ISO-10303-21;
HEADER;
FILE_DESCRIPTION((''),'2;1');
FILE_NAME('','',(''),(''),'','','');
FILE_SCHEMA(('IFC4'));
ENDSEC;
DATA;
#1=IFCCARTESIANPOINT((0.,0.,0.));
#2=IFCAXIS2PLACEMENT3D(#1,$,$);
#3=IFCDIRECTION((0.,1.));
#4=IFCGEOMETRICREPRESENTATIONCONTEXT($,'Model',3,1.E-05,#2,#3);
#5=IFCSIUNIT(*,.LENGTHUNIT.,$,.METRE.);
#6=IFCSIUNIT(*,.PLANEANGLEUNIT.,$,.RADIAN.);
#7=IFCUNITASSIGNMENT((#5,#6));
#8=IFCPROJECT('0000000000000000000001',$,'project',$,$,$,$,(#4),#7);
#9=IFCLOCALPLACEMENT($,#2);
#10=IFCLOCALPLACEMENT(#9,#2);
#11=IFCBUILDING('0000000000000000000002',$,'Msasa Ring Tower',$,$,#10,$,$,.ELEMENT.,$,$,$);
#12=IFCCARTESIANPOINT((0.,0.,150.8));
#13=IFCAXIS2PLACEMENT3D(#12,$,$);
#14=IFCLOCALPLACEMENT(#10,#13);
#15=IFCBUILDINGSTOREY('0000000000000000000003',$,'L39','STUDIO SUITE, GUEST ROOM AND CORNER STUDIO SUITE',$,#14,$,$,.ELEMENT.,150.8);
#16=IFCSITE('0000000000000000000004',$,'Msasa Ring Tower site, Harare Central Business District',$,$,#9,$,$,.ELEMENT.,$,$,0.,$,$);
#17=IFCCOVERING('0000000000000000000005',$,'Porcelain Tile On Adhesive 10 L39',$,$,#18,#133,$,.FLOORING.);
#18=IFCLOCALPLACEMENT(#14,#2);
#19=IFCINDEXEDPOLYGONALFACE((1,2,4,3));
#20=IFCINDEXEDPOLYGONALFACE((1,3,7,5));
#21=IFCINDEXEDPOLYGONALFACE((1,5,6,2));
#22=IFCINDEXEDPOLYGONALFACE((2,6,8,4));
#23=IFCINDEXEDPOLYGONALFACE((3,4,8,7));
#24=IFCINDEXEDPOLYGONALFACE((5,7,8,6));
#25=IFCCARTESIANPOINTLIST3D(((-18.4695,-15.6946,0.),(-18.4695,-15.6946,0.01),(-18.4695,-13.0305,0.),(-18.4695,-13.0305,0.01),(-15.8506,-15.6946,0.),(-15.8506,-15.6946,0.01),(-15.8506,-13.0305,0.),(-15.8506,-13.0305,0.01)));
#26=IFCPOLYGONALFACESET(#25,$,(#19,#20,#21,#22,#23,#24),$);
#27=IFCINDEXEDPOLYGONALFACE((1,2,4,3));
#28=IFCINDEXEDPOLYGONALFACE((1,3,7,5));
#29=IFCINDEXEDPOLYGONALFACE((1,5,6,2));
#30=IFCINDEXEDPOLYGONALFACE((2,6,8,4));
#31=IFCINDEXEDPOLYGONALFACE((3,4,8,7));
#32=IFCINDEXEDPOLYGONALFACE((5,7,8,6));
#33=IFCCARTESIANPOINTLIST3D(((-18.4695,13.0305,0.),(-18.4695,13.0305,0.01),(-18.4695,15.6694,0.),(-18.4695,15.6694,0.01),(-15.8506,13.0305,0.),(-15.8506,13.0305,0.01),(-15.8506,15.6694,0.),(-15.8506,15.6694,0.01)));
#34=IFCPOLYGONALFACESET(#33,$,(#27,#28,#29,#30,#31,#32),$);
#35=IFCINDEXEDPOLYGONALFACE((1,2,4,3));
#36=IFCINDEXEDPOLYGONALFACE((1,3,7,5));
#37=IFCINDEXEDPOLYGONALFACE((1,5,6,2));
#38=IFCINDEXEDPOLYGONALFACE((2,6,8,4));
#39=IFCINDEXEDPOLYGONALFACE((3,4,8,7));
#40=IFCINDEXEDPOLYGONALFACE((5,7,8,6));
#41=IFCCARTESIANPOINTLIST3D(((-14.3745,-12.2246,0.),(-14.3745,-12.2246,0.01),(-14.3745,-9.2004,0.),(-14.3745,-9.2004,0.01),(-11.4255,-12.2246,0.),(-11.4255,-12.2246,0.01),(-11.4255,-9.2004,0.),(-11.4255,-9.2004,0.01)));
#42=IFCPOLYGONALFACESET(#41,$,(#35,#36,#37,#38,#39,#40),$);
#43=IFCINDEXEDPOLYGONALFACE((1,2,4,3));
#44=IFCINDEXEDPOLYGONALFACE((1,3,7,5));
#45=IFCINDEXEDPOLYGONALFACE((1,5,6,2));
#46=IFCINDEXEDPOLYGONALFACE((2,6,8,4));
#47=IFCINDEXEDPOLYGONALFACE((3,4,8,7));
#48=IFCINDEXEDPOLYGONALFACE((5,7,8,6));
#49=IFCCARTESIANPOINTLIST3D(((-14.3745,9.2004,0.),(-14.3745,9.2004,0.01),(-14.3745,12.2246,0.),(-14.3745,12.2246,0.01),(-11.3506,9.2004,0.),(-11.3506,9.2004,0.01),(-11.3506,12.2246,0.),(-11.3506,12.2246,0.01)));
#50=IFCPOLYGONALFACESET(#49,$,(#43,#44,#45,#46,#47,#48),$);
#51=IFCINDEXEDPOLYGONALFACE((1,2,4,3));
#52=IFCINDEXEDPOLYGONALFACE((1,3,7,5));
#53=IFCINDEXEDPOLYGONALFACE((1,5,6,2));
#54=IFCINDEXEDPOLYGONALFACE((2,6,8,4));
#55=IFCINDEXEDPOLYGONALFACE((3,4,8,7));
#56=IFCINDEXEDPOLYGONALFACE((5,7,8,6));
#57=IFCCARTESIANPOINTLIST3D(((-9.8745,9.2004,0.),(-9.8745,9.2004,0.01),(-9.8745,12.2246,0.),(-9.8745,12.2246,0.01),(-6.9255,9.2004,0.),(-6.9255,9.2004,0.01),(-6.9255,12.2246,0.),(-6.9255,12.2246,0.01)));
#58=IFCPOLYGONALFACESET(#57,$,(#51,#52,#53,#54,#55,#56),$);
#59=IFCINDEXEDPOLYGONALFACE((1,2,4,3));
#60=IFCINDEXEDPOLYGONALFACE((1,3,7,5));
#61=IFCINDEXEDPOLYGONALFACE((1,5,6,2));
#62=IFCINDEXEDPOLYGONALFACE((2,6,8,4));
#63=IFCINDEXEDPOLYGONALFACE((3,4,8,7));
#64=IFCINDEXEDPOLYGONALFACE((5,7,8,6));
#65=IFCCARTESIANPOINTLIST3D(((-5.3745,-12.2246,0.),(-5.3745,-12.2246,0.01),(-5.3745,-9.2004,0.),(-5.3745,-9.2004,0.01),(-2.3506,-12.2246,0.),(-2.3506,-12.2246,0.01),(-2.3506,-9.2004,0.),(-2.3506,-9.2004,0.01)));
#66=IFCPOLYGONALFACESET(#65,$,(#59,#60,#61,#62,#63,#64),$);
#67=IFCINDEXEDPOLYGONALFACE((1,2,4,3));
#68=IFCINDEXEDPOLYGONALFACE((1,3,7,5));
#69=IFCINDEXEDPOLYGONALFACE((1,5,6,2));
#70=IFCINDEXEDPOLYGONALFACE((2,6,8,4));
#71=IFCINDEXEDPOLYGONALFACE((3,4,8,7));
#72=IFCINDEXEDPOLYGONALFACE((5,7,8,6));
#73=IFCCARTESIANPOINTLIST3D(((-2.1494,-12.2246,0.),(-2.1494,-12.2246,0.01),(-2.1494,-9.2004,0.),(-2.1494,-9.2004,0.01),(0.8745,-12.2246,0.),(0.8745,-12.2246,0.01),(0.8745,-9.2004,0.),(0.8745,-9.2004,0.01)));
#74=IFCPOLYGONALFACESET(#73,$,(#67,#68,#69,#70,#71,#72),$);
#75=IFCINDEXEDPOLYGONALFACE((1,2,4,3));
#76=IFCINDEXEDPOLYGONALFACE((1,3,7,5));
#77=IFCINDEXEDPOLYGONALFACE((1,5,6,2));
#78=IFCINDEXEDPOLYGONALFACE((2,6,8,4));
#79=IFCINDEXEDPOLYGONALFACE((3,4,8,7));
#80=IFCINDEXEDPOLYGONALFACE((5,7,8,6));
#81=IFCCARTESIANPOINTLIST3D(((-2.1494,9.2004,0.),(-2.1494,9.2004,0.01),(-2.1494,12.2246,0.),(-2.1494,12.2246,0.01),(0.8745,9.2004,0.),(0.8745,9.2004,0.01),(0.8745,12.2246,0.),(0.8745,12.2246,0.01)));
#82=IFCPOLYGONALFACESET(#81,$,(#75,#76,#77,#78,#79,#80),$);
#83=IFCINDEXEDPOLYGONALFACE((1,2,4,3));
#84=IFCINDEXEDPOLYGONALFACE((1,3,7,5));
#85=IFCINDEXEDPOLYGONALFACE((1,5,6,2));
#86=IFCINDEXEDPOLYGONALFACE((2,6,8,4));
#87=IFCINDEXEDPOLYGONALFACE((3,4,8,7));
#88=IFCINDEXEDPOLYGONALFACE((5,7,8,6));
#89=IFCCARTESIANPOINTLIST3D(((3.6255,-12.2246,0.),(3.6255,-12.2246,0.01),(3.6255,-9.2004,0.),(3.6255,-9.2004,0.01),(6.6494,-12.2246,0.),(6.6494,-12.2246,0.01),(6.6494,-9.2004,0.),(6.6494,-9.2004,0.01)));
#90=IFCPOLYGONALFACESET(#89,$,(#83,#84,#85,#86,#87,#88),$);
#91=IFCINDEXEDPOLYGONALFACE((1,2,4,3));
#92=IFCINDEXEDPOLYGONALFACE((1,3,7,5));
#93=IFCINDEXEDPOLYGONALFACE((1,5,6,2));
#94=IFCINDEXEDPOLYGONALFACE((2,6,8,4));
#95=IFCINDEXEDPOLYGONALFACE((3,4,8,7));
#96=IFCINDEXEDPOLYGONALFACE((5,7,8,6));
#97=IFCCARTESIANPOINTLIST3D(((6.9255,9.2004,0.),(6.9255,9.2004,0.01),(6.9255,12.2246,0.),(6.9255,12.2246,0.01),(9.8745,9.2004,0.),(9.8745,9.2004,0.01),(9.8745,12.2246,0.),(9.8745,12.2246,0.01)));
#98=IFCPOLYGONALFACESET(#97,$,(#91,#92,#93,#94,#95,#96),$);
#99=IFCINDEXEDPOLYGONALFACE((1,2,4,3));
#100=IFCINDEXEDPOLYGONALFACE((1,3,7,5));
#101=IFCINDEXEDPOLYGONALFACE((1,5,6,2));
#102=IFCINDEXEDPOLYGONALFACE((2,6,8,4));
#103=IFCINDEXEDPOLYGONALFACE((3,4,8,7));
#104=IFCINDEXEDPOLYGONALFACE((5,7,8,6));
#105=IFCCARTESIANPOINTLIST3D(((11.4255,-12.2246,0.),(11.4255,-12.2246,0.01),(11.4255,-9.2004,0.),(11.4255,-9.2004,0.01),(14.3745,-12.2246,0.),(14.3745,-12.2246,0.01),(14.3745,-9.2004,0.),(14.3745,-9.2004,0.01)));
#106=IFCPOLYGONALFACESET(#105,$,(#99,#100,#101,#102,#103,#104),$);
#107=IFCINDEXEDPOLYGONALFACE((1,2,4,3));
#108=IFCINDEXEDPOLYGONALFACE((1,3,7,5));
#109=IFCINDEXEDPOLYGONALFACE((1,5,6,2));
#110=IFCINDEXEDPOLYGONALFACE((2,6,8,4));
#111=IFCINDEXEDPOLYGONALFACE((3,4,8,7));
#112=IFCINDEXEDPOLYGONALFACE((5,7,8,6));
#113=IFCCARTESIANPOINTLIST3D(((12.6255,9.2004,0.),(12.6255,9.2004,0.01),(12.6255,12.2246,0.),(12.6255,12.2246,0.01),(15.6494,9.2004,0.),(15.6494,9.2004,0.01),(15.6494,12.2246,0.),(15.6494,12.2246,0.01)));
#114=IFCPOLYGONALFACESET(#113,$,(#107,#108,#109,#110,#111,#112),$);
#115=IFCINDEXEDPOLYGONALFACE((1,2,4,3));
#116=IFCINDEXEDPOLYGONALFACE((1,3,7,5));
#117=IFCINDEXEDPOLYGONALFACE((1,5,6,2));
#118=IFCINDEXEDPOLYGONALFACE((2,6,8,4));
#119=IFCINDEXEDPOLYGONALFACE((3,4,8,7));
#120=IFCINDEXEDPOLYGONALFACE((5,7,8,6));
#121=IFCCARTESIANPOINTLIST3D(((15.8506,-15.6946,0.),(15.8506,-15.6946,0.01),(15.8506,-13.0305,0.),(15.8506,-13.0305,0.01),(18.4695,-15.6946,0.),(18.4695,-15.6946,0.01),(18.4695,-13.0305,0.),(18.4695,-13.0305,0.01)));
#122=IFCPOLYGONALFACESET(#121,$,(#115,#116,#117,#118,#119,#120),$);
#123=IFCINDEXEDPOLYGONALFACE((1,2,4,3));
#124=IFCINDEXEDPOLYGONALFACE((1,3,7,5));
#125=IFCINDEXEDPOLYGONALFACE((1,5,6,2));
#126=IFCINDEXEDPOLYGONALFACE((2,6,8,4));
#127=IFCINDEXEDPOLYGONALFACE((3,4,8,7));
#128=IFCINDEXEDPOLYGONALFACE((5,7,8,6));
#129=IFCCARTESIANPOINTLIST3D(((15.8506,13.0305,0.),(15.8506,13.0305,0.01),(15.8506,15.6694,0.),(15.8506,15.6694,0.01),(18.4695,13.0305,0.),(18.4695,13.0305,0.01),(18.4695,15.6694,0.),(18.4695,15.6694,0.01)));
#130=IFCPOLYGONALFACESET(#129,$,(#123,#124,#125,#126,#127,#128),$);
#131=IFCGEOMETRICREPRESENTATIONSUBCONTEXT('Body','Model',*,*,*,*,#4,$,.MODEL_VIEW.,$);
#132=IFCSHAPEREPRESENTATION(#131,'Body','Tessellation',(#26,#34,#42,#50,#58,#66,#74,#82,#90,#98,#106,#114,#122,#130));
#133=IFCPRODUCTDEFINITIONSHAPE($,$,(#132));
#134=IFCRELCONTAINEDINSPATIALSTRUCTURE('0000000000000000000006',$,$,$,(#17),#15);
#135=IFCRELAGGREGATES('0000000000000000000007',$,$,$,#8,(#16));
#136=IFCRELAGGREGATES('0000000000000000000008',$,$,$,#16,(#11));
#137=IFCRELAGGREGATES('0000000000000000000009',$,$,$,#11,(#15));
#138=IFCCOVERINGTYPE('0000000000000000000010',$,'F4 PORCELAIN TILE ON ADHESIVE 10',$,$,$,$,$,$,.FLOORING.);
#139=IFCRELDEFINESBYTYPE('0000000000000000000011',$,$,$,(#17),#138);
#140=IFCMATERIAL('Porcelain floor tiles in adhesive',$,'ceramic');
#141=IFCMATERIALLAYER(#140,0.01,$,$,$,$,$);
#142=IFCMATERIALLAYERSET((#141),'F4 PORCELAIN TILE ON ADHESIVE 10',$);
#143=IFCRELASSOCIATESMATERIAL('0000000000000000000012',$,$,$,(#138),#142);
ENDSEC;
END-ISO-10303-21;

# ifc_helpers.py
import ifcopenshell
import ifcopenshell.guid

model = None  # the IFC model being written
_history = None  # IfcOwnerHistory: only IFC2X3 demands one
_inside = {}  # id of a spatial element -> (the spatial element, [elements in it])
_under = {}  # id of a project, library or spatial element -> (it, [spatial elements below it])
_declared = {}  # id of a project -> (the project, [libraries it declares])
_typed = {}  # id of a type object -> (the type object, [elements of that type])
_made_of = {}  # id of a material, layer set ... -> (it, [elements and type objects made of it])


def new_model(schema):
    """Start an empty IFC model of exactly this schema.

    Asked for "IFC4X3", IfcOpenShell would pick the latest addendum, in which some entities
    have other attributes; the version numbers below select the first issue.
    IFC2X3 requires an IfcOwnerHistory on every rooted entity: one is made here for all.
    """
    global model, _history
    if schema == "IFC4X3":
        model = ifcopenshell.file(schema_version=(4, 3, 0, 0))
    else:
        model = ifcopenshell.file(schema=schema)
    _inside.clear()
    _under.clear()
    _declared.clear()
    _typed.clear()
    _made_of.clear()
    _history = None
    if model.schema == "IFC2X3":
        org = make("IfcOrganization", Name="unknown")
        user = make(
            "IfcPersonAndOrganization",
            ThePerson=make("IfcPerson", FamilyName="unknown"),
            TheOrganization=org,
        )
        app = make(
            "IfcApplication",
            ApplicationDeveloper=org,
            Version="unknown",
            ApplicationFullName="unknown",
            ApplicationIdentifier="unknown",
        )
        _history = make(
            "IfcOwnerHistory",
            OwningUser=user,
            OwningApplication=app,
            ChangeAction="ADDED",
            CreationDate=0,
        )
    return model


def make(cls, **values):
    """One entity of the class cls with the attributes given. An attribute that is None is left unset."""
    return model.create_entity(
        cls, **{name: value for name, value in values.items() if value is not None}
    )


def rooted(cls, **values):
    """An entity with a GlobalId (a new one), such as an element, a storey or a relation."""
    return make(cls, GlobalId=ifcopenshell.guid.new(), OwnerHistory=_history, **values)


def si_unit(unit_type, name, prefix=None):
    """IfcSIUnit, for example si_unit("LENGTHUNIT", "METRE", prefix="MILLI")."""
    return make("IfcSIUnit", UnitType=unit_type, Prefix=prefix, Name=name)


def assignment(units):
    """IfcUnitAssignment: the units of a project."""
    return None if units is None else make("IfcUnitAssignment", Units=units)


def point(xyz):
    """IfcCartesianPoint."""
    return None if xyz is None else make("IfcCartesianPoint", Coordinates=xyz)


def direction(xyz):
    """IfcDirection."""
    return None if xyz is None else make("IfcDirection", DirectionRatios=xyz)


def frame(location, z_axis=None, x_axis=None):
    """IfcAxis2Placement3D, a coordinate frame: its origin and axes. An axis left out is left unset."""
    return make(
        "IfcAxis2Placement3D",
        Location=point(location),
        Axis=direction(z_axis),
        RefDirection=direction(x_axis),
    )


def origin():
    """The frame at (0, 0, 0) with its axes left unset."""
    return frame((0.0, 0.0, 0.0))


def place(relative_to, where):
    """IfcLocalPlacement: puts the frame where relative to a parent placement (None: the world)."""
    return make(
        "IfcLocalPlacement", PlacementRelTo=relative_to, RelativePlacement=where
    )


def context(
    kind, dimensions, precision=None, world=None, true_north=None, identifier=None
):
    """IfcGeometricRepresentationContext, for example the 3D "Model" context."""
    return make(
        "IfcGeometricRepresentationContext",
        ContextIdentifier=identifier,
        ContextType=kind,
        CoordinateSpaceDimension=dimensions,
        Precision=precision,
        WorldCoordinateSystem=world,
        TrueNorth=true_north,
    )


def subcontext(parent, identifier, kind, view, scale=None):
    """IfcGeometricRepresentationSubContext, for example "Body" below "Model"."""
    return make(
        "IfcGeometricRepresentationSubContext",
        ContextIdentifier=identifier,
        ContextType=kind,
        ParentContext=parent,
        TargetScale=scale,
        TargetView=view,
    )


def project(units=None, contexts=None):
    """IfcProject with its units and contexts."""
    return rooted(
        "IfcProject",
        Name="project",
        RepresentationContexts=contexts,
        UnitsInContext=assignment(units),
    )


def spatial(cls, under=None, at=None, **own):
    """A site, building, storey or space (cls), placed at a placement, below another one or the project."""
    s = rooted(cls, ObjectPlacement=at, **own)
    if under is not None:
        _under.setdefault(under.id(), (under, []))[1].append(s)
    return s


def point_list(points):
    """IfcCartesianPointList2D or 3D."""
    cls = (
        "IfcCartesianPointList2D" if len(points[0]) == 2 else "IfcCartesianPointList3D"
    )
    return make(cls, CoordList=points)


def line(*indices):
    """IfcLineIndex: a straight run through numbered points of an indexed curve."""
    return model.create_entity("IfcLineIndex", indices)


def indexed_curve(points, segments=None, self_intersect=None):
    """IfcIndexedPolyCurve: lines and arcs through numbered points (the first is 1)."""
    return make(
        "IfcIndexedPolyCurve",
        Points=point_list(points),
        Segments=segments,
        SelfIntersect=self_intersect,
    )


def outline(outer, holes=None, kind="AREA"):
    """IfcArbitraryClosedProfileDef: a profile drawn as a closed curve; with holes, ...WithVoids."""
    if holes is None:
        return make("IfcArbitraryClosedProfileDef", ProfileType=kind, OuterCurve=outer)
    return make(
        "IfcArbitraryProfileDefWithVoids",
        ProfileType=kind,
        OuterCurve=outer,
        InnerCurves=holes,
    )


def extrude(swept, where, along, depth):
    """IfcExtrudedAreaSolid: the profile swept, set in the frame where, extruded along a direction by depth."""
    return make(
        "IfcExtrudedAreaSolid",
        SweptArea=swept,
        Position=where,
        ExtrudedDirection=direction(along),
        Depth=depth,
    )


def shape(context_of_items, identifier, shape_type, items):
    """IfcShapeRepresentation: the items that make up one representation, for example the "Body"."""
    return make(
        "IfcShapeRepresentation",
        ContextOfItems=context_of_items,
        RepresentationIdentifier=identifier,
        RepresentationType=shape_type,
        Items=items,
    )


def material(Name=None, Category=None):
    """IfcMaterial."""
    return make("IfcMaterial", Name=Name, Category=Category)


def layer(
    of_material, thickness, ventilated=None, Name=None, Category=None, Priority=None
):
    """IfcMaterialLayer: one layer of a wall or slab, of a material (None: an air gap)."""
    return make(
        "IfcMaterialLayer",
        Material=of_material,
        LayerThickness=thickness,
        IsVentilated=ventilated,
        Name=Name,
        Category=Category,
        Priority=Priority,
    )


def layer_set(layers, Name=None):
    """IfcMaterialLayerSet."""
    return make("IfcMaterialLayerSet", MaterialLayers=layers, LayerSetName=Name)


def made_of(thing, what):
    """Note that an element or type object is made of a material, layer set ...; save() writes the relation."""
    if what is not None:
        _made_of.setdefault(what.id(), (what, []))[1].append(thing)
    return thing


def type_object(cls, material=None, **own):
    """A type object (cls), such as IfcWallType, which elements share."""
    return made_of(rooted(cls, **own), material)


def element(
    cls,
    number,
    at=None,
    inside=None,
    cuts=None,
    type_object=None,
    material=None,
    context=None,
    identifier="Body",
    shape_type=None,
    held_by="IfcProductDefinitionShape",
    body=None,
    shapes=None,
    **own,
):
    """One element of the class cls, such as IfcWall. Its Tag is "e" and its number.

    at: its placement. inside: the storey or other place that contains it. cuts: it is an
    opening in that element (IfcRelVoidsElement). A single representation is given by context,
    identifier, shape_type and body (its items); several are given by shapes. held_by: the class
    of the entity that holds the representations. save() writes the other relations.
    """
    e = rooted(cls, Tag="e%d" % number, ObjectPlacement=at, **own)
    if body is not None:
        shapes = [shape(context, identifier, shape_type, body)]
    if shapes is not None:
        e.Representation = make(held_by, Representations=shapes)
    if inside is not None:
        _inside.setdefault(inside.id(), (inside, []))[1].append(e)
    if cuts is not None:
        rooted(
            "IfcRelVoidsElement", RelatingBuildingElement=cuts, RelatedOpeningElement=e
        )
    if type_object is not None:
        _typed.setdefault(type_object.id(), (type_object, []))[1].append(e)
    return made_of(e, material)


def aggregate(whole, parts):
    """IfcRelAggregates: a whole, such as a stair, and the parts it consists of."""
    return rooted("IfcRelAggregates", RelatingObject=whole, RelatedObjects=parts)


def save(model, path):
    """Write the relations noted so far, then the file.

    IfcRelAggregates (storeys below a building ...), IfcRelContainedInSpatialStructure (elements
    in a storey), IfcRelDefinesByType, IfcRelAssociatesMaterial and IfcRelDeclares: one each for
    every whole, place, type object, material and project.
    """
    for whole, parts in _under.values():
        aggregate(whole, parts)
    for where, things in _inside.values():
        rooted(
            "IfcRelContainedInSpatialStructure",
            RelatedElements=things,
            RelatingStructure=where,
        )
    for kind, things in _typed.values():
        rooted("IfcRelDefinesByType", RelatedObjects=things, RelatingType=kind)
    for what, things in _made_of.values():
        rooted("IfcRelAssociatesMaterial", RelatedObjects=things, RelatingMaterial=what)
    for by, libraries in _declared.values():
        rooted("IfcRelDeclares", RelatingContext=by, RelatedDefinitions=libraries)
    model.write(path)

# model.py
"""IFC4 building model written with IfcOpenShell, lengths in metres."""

from ifc_helpers import new_model, si_unit, direction, frame, origin, place, context, subcontext, project, spatial, line, indexed_curve, outline, extrude, material, layer, layer_set, type_object, element, save


model = new_model("IFC4")

# Units and contexts
model_context = context("Model", 3, precision=1e-05, world=origin(), true_north=direction((0.0, 1.0)))
body_context = subcontext(model_context, "Body", "Model", "MODEL_VIEW")
ifc_project = project(units=[si_unit("LENGTHUNIT", "METRE"), si_unit("PLANEANGLEUNIT", "RADIAN")], contexts=[model_context])

# Site, building, storey
site_placement = place(None, origin())
site = spatial("IfcSite", under=ifc_project, at=site_placement, Name="Msasa Ring Tower site, Harare Central Business District", CompositionType="ELEMENT", RefElevation=0.0)
building_placement = place(site_placement, origin())
building = spatial("IfcBuilding", under=site, at=building_placement, Name="Msasa Ring Tower", CompositionType="ELEMENT")
storey_placement = place(building_placement, frame((0.0, 0.0, 150.8)))
storey = spatial("IfcBuildingStorey", under=building, at=storey_placement, Name="L39", Description="STUDIO SUITE, GUEST ROOM AND CORNER STUDIO SUITE", CompositionType="ELEMENT", Elevation=150.8)

# Covering
ifc_material_1 = material(Name="Porcelain floor tiles in adhesive", Category="ceramic")
ifc_layer_1 = layer(ifc_material_1, 0.01)
ifc_layer_set_1 = layer_set([ifc_layer_1], Name="F4 PORCELAIN TILE ON ADHESIVE 10")
covering_type_1 = type_object("IfcCoveringType", Name="F4 PORCELAIN TILE ON ADHESIVE 10", PredefinedType="FLOORING", material=ifc_layer_set_1)
covering_1_placement = place(storey_placement, origin())
element("IfcCovering", 1, at=covering_1_placement, inside=storey, type_object=covering_type_1, Name="Porcelain Tile On Adhesive 10 L39", PredefinedType="FLOORING", context=body_context, shape_type="SweptSolid", body=[
    extrude(outline(indexed_curve([(-18.4695, -13.0305), (-15.8506, -13.0305), (-15.8506, -15.6946), (-18.4695, -15.6946)], segments=[line(1, 2, 3, 4, 1)], self_intersect=False)), origin(), (0.0, 0.0, 1.0), 0.01),
    extrude(outline(indexed_curve([(-15.8506, 15.6694), (-15.8506, 13.0305), (-18.4695, 13.0305), (-18.4695, 15.6694)], segments=[line(1, 2, 3, 4, 1)], self_intersect=False)), origin(), (0.0, 0.0, 1.0), 0.01),
    extrude(outline(indexed_curve([(-11.4255, -9.2004), (-11.4255, -12.2246), (-14.3745, -12.2246), (-14.3745, -9.2004)], segments=[line(1, 2, 3, 4, 1)], self_intersect=False)), origin(), (0.0, 0.0, 1.0), 0.01),
    extrude(outline(indexed_curve([(-11.3506, 9.2004), (-14.3745, 9.2004), (-14.3745, 12.2246), (-11.3506, 12.2246)], segments=[line(1, 2, 3, 4, 1)], self_intersect=False)), origin(), (0.0, 0.0, 1.0), 0.01),
    extrude(outline(indexed_curve([(-9.8745, 9.2004), (-9.8745, 12.2246), (-6.9255, 12.2246), (-6.9255, 9.2004)], segments=[line(1, 2, 3, 4, 1)], self_intersect=False)), origin(), (0.0, 0.0, 1.0), 0.01),
    extrude(outline(indexed_curve([(-2.3506, -9.2004), (-2.3506, -12.2246), (-5.3745, -12.2246), (-5.3745, -9.2004)], segments=[line(1, 2, 3, 4, 1)], self_intersect=False)), origin(), (0.0, 0.0, 1.0), 0.01),
    extrude(outline(indexed_curve([(0.8745, -9.2004), (0.8745, -12.2246), (-2.1494, -12.2246), (-2.1494, -9.2004)], segments=[line(1, 2, 3, 4, 1)], self_intersect=False)), origin(), (0.0, 0.0, 1.0), 0.01),
    extrude(outline(indexed_curve([(-2.1494, 9.2004), (-2.1494, 12.2246), (0.8745, 12.2246), (0.8745, 9.2004)], segments=[line(1, 2, 3, 4, 1)], self_intersect=False)), origin(), (0.0, 0.0, 1.0), 0.01),
    extrude(outline(indexed_curve([(6.6494, -9.2004), (6.6494, -12.2246), (3.6255, -12.2246), (3.6255, -9.2004)], segments=[line(1, 2, 3, 4, 1)], self_intersect=False)), origin(), (0.0, 0.0, 1.0), 0.01),
    extrude(outline(indexed_curve([(6.9255, 9.2004), (6.9255, 12.2246), (9.8745, 12.2246), (9.8745, 9.2004)], segments=[line(1, 2, 3, 4, 1)], self_intersect=False)), origin(), (0.0, 0.0, 1.0), 0.01),
    extrude(outline(indexed_curve([(14.3745, -9.2004), (14.3745, -12.2246), (11.4255, -12.2246), (11.4255, -9.2004)], segments=[line(1, 2, 3, 4, 1)], self_intersect=False)), origin(), (0.0, 0.0, 1.0), 0.01),
    extrude(outline(indexed_curve([(15.6494, 9.2004), (12.6255, 9.2004), (12.6255, 12.2246), (15.6494, 12.2246)], segments=[line(1, 2, 3, 4, 1)], self_intersect=False)), origin(), (0.0, 0.0, 1.0), 0.01),
    extrude(outline(indexed_curve([(15.8506, -13.0305), (18.4695, -13.0305), (18.4695, -15.6946), (15.8506, -15.6946)], segments=[line(1, 2, 3, 4, 1)], self_intersect=False)), origin(), (0.0, 0.0, 1.0), 0.01),
    extrude(outline(indexed_curve([(18.4695, 15.6694), (18.4695, 13.0305), (15.8506, 13.0305), (15.8506, 15.6694)], segments=[line(1, 2, 3, 4, 1)], self_intersect=False)), origin(), (0.0, 0.0, 1.0), 0.01),
])

save(model, "model.ifc")
